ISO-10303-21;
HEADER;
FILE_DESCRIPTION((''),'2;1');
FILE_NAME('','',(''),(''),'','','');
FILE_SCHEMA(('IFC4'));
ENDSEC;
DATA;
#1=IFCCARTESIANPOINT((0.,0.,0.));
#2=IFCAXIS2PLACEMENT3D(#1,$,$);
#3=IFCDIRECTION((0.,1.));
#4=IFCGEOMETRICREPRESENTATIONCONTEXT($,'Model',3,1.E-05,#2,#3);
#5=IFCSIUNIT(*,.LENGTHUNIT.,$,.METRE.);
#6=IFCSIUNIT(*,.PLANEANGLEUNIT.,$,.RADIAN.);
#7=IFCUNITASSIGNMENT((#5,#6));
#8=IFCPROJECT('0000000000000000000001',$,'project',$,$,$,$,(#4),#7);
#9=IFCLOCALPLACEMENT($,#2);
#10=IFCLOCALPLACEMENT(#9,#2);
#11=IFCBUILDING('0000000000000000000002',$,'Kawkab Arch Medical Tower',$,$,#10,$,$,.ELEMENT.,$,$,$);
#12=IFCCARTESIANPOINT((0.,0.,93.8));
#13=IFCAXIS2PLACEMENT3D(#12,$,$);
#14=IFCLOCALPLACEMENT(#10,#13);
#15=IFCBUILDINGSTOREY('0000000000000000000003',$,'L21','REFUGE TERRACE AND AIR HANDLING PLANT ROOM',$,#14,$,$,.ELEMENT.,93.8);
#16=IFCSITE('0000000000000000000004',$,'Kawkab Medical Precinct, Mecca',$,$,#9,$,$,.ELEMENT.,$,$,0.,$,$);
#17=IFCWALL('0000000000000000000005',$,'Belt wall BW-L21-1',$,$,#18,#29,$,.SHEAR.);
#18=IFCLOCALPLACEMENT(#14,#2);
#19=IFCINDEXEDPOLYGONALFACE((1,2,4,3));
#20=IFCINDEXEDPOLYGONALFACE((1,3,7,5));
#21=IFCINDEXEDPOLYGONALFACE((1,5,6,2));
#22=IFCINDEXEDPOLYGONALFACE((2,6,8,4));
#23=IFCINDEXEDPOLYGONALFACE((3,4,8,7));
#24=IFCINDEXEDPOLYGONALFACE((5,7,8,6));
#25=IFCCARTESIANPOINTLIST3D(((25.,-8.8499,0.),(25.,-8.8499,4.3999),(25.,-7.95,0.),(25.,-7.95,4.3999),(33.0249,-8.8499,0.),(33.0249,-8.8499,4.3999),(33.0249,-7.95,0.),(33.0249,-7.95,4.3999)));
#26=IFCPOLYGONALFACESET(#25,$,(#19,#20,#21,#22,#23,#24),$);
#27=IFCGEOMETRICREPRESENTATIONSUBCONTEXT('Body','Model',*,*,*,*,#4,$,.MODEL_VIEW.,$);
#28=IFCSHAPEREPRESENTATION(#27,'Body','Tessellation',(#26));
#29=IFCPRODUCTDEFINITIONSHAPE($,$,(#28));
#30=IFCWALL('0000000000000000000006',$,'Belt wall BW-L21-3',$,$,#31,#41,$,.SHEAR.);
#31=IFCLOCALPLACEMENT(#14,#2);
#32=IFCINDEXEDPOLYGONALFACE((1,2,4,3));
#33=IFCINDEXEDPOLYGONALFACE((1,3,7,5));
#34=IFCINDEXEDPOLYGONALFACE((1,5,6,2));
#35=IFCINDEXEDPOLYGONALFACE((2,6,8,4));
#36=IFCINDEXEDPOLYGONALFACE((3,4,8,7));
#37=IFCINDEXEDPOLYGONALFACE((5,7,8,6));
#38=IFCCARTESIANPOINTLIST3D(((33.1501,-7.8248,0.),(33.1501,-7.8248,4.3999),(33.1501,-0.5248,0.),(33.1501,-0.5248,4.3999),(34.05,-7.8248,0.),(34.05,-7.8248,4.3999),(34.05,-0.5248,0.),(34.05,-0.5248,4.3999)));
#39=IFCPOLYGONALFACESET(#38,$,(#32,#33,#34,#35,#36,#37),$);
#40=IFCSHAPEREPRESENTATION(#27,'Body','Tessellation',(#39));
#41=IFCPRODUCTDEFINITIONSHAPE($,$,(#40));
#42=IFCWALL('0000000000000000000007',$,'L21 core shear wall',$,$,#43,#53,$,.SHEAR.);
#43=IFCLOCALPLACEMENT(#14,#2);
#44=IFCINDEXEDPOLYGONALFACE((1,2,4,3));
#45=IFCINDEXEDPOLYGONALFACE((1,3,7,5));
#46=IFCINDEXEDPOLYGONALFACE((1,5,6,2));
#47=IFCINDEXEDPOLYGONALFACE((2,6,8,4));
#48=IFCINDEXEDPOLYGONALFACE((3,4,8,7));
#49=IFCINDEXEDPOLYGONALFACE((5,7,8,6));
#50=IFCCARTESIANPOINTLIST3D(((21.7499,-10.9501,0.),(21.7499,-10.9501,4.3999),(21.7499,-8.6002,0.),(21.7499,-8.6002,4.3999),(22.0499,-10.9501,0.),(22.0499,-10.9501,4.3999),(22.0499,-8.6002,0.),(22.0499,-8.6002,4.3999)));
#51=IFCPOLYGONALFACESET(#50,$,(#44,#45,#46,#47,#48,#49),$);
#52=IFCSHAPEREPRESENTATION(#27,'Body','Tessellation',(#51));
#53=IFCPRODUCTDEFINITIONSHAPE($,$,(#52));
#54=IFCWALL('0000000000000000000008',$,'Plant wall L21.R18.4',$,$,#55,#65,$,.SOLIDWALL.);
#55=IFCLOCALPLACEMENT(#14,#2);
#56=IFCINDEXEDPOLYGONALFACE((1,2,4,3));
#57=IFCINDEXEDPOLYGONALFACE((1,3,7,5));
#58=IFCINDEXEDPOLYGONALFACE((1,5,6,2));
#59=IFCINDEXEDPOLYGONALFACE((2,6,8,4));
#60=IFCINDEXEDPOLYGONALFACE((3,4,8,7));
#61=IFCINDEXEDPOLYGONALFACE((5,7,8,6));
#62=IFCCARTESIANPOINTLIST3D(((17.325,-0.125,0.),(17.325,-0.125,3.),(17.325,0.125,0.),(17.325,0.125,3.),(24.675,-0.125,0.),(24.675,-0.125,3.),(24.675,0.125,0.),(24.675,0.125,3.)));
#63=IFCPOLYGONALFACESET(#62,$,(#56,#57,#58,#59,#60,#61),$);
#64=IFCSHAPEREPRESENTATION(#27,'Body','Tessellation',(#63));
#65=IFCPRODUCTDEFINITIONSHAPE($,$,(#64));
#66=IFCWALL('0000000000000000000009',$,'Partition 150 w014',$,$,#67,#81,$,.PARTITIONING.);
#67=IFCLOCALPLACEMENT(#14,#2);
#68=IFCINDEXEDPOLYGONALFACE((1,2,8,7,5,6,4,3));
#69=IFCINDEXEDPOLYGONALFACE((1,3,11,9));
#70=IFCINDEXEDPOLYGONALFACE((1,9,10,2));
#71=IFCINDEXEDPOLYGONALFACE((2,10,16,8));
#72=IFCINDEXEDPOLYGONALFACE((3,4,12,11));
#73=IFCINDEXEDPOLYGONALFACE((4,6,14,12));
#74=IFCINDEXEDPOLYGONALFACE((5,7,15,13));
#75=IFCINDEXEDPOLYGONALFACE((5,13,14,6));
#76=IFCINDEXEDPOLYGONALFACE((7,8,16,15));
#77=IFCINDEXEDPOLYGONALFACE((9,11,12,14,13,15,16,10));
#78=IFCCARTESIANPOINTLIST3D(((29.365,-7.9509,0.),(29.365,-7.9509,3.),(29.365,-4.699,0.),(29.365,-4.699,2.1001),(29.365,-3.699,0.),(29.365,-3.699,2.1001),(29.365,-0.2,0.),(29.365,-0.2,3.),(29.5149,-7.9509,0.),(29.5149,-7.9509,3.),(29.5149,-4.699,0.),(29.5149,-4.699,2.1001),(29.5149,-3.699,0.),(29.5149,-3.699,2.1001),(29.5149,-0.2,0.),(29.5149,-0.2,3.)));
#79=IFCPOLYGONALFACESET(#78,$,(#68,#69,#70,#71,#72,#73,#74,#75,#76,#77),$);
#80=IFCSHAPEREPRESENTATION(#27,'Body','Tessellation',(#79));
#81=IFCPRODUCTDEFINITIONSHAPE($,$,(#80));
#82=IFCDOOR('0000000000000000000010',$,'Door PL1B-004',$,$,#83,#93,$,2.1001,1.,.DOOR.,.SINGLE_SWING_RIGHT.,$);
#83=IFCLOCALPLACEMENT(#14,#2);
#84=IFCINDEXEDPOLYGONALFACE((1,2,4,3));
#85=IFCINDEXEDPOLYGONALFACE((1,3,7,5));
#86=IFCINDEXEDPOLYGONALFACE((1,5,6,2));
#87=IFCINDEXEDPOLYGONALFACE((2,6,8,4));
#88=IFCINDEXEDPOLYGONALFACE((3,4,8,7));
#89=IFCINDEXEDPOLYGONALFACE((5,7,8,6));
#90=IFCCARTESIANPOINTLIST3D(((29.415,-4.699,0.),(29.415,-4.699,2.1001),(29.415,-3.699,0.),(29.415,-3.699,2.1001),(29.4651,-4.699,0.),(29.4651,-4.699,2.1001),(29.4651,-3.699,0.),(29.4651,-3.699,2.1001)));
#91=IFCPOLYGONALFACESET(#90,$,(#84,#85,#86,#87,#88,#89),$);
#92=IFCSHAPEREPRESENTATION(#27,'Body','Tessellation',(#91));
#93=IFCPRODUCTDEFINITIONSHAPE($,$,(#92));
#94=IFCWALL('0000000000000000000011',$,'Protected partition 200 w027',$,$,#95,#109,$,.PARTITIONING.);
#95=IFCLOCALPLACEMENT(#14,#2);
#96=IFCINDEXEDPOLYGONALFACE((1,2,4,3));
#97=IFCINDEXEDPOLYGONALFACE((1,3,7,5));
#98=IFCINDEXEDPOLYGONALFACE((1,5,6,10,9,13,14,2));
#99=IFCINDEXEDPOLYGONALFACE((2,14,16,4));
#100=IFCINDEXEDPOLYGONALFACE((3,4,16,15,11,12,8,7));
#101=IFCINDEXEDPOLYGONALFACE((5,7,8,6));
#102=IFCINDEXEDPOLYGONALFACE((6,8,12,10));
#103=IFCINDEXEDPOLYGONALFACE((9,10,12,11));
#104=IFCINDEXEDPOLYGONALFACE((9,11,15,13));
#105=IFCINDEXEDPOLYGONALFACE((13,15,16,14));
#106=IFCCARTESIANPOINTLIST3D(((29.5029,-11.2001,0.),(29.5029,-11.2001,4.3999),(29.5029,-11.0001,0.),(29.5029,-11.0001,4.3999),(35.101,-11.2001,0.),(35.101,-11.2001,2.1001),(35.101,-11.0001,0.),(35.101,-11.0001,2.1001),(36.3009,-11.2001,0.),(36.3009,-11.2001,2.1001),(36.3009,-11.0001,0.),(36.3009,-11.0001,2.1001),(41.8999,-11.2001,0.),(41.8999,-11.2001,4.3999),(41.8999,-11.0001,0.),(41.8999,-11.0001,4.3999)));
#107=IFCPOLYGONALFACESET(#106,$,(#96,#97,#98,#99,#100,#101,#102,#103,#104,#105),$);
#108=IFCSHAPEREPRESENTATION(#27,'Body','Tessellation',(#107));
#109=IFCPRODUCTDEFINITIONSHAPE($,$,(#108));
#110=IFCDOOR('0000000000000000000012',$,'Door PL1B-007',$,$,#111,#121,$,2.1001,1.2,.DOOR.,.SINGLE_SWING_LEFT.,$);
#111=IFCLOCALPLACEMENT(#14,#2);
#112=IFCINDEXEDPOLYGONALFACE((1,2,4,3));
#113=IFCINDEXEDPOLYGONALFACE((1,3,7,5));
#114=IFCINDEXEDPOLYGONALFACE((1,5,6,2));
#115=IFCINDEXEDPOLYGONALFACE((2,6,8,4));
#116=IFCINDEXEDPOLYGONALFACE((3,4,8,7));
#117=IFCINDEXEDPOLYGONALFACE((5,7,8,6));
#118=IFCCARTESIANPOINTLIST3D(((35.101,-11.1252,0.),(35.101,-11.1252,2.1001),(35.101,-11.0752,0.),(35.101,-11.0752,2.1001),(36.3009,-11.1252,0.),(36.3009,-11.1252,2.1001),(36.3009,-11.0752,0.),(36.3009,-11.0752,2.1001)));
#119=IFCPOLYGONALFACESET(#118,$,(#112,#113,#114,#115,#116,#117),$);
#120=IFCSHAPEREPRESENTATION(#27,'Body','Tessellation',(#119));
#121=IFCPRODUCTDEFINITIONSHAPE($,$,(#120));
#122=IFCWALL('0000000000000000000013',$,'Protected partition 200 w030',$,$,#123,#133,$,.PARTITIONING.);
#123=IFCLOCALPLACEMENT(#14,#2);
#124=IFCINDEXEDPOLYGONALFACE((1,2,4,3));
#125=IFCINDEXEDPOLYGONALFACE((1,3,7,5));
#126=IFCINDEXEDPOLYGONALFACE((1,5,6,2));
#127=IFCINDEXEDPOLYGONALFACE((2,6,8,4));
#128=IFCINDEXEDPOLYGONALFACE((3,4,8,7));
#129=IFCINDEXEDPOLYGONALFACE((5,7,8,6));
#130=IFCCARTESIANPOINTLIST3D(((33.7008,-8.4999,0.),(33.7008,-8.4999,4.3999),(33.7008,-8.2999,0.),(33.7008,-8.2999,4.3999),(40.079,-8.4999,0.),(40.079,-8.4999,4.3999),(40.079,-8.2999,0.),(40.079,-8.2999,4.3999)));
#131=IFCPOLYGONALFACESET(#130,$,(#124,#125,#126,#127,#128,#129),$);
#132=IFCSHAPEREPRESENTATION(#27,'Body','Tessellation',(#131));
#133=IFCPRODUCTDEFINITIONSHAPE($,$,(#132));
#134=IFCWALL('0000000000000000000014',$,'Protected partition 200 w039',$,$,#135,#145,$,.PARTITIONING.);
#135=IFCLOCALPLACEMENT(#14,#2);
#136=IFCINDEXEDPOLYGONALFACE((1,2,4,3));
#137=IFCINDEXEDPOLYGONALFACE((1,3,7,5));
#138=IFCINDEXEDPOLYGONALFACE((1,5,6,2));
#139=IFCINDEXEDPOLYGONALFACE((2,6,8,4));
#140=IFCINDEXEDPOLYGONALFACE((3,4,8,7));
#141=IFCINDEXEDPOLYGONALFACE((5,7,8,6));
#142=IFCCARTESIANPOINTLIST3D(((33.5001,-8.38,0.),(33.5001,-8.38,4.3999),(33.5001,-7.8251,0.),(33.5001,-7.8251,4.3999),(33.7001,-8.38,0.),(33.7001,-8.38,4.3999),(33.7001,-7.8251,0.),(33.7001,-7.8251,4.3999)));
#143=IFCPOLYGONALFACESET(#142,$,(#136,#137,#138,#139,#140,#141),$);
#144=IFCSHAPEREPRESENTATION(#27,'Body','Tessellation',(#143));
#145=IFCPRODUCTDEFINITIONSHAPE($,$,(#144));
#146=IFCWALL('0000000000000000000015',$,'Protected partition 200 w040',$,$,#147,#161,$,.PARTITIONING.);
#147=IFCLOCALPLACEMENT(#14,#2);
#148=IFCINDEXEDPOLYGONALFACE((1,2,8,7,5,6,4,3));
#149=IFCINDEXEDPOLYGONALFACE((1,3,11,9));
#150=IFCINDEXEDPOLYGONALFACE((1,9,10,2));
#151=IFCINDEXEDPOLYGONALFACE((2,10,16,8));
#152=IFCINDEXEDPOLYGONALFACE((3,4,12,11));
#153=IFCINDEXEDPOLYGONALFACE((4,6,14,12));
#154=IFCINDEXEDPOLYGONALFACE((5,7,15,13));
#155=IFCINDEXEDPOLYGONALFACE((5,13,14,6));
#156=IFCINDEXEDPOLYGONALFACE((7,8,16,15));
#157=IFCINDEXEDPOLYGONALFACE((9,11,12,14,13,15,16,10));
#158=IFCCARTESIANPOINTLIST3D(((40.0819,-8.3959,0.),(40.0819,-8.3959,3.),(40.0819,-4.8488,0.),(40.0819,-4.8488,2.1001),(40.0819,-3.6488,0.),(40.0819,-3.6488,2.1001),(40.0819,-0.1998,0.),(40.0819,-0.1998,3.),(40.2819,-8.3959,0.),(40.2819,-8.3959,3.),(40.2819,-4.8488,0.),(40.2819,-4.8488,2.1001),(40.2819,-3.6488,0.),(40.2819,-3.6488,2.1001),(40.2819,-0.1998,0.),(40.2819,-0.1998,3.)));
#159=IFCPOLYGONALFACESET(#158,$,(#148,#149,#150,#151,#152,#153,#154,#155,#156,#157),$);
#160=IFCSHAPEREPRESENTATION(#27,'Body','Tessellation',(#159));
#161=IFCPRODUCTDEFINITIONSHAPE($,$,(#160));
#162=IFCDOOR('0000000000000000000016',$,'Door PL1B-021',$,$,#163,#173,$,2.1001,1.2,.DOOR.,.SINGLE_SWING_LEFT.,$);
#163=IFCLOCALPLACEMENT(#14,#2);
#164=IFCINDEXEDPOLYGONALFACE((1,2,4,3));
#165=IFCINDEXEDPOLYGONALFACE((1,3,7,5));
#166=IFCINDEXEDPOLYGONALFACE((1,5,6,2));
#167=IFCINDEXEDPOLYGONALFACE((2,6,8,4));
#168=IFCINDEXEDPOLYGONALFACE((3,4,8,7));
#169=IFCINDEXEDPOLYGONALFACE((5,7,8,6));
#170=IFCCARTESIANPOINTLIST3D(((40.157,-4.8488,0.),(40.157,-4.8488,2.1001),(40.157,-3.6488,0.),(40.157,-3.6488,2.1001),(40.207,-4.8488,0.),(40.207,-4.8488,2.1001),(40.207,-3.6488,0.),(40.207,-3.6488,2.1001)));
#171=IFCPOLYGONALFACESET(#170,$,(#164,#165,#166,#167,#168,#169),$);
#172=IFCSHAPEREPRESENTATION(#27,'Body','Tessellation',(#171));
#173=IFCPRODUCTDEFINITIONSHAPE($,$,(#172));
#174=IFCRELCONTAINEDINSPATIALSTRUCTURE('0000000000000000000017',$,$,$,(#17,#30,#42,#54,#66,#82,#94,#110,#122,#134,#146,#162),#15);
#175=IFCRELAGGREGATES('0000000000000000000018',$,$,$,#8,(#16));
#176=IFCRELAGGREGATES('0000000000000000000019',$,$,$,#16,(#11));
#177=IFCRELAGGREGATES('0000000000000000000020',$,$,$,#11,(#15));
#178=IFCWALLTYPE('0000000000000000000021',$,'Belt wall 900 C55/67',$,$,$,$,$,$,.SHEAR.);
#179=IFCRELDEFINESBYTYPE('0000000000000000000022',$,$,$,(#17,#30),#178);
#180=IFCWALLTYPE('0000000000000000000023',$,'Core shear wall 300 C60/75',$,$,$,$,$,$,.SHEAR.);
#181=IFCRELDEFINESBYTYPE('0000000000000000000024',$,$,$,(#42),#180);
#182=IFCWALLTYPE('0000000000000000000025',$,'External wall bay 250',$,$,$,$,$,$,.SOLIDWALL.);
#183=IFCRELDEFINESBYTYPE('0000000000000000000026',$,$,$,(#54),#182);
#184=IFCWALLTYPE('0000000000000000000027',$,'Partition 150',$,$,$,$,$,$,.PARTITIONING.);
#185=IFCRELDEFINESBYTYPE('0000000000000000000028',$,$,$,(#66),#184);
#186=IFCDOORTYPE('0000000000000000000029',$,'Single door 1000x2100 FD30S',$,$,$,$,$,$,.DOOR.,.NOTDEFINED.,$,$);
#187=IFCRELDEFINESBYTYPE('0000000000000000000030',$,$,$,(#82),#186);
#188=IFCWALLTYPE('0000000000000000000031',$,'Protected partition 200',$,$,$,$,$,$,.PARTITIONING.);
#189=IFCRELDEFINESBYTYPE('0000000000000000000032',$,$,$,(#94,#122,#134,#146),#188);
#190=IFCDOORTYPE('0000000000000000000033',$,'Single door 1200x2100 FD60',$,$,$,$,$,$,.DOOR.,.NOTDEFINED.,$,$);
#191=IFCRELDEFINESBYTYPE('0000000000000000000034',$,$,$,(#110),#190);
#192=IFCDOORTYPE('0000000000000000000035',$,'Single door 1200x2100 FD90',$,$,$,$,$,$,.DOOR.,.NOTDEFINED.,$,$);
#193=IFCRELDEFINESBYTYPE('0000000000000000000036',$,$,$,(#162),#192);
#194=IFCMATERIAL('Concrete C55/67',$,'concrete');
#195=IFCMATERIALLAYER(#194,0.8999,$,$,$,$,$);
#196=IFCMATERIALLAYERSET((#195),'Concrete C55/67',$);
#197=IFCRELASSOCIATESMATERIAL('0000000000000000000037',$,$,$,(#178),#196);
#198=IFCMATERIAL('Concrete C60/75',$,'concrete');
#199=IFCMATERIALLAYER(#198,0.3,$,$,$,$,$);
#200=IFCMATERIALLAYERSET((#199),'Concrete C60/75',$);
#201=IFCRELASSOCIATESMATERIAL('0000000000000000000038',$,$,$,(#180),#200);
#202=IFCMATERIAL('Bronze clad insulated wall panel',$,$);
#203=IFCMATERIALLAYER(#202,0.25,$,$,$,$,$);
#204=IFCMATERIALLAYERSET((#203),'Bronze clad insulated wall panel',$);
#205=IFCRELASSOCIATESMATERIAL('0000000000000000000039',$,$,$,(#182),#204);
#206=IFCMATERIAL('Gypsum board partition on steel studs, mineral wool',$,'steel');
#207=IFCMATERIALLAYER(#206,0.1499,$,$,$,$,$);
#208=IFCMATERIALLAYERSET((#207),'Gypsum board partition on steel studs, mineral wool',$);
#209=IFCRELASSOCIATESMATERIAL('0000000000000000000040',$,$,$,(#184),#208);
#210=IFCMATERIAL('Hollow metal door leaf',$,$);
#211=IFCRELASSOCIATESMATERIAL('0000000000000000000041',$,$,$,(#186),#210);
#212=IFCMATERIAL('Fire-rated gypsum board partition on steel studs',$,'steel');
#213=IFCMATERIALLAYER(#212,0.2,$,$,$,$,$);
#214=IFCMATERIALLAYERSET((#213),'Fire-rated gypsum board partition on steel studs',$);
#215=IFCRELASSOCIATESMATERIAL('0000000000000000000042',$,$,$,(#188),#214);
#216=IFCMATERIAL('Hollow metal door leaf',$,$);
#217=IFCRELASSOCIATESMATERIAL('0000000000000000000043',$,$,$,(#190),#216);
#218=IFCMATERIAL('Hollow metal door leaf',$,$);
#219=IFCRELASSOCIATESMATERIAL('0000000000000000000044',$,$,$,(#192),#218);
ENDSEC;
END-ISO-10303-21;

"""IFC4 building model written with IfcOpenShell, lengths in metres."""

from ifc_helpers import new_model, si_unit, direction, frame, frame_2d, origin, place, context, subcontext, project, spatial, rectangle, extrude, material, layer, layer_set, type_object, element, fill, save


model = new_model("IFC4")

# Units and contexts
model_context = context("Model", 3, precision=1e-05, world=origin(), true_north=direction((0.0, 1.0)))
body_context = subcontext(model_context, "Body", "Model", "MODEL_VIEW")
ifc_project = project(units=[si_unit("LENGTHUNIT", "METRE"), si_unit("PLANEANGLEUNIT", "RADIAN")], contexts=[model_context])

# Site, building, storey
site_placement = place(None, origin())
site = spatial("IfcSite", under=ifc_project, at=site_placement, Name="Kawkab Medical Precinct, Mecca", CompositionType="ELEMENT", RefElevation=0.0)
building_placement = place(site_placement, origin())
building = spatial("IfcBuilding", under=site, at=building_placement, Name="Kawkab Arch Medical Tower", CompositionType="ELEMENT")
storey_placement = place(building_placement, frame((0.0, 0.0, 93.8)))
storey = spatial("IfcBuildingStorey", under=building, at=storey_placement, Name="L21", Description="REFUGE TERRACE AND AIR HANDLING PLANT ROOM", CompositionType="ELEMENT", Elevation=93.8)

# Walls
ifc_material_1 = material(Name="Concrete C55/67", Category="concrete")
ifc_layer_1 = layer(ifc_material_1, 0.8999)
ifc_layer_set_1 = layer_set([ifc_layer_1], Name="Concrete C55/67")
wall_type_1 = type_object("IfcWallType", Name="Belt wall 900 C55/67", PredefinedType="SHEAR", material=ifc_layer_set_1)
wall_1_placement = place(storey_placement, frame((25.0, -8.3999, 0.0), z_axis=(0.0, 0.0, 1.0), x_axis=(1.0, 0.0, 0.0)))
element("IfcWall", 1, at=wall_1_placement, inside=storey, type_object=wall_type_1, Name="Belt wall BW-L21-1", PredefinedType="SHEAR", context=body_context, shape_type="SweptSolid", body=[
    extrude(rectangle(XDim=8.0249, YDim=0.8999, at=frame_2d((4.0125, 0.0))), origin(), (0.0, 0.0, 1.0), 4.3999),
])
wall_2_placement = place(storey_placement, frame((33.6001, -0.5249, 0.0), z_axis=(0.0, 0.0, 1.0), x_axis=(0.0, -1.0, 0.0)))
element("IfcWall", 2, at=wall_2_placement, inside=storey, type_object=wall_type_1, Name="Belt wall BW-L21-3", PredefinedType="SHEAR", context=body_context, shape_type="SweptSolid", body=[
    extrude(rectangle(XDim=7.3, YDim=0.8999, at=frame_2d((3.6499, 0.0))), origin(), (0.0, 0.0, 1.0), 4.3999),
])
ifc_material_2 = material(Name="Concrete C60/75", Category="concrete")
ifc_layer_2 = layer(ifc_material_2, 0.3)
ifc_layer_set_2 = layer_set([ifc_layer_2], Name="Concrete C60/75")
wall_type_2 = type_object("IfcWallType", Name="Core shear wall 300 C60/75", PredefinedType="SHEAR", material=ifc_layer_set_2)
wall_3_placement = place(storey_placement, frame((21.8999, -10.95, 0.0), z_axis=(0.0, 0.0, 1.0), x_axis=(0.0, 1.0, 0.0)))
element("IfcWall", 3, at=wall_3_placement, inside=storey, type_object=wall_type_2, Name="L21 core shear wall", PredefinedType="SHEAR", context=body_context, shape_type="SweptSolid", body=[
    extrude(rectangle(XDim=2.3499, YDim=0.3, at=frame_2d((1.1748, 0.0))), origin(), (0.0, 0.0, 1.0), 4.3999),
])
ifc_material_3 = material(Name="Bronze clad insulated wall panel")
ifc_layer_3 = layer(ifc_material_3, 0.25)
ifc_layer_set_3 = layer_set([ifc_layer_3], Name="Bronze clad insulated wall panel")
wall_type_3 = type_object("IfcWallType", Name="External wall bay 250", PredefinedType="SOLIDWALL", material=ifc_layer_set_3)
wall_4_placement = place(storey_placement, frame((24.675, 0.0, 0.0), z_axis=(0.0, 0.0, 1.0), x_axis=(-1.0, 0.0, 0.0)))
element("IfcWall", 4, at=wall_4_placement, inside=storey, type_object=wall_type_3, Name="Plant wall L21.R18.4", PredefinedType="SOLIDWALL", context=body_context, shape_type="SweptSolid", body=[
    extrude(rectangle(XDim=7.3501, YDim=0.25, at=frame_2d((3.675, 0.0))), origin(), (0.0, 0.0, 1.0), 3.0),
])

# Walls, openings, doors
ifc_material_4 = material(Name="Gypsum board partition on steel studs, mineral wool", Category="steel")
ifc_layer_4 = layer(ifc_material_4, 0.1499)
ifc_layer_set_4 = layer_set([ifc_layer_4], Name="Gypsum board partition on steel studs, mineral wool")
wall_type_4 = type_object("IfcWallType", Name="Partition 150", PredefinedType="PARTITIONING", material=ifc_layer_set_4)
wall_5_placement = place(storey_placement, frame((29.4399, -7.9509, 0.0), z_axis=(0.0, 0.0, 1.0), x_axis=(0.0, 1.0, 0.0)))
wall_5 = element("IfcWall", 5, at=wall_5_placement, inside=storey, type_object=wall_type_4, Name="Partition 150 w014", PredefinedType="PARTITIONING", context=body_context, shape_type="SweptSolid", body=[
    extrude(rectangle(XDim=7.751, YDim=0.1499, at=frame_2d((3.8755, 0.0))), origin(), (0.0, 0.0, 1.0), 3.0),
])
opening_1_placement = place(wall_5_placement, frame((3.252, 0.0, 0.0)))
opening_1 = element("IfcOpeningElement", 6, at=opening_1_placement, cuts=wall_5, PredefinedType="OPENING", context=body_context, shape_type="SweptSolid", body=[
    extrude(rectangle(XDim=1.0, YDim=2.1001, at=frame_2d((0.5, 1.05))), frame((0.0, 0.085, 0.0), z_axis=(0.0, -1.0, 0.0), x_axis=(1.0, 0.0, 0.0)), (0.0, 0.0, 1.0), 0.1699),
])
ifc_material_5 = material(Name="Hollow metal door leaf")
door_type_1 = type_object("IfcDoorType", Name="Single door 1000x2100 FD30S", OperationType="NOTDEFINED", PredefinedType="DOOR", material=ifc_material_5)
door_1_placement = place(opening_1_placement, origin())
door_1 = element("IfcDoor", 7, at=door_1_placement, inside=storey, type_object=door_type_1, Name="Door PL1B-004", OperationType="SINGLE_SWING_RIGHT", OverallHeight=2.1001, OverallWidth=1.0, PredefinedType="DOOR", context=body_context, shape_type="SweptSolid", body=[
    extrude(rectangle(XDim=1.0, YDim=2.1001, at=frame_2d((0.5, 1.05))), frame((0.0, 0.0249, 0.0), z_axis=(0.0, -1.0, 0.0), x_axis=(1.0, 0.0, 0.0)), (0.0, 0.0, 1.0), 0.05),
])
fill(opening_1, door_1)
ifc_material_6 = material(Name="Fire-rated gypsum board partition on steel studs", Category="steel")
ifc_layer_5 = layer(ifc_material_6, 0.2)
ifc_layer_set_5 = layer_set([ifc_layer_5], Name="Fire-rated gypsum board partition on steel studs")
wall_type_5 = type_object("IfcWallType", Name="Protected partition 200", PredefinedType="PARTITIONING", material=ifc_layer_set_5)
wall_6_placement = place(storey_placement, frame((29.5029, -11.1001, 0.0), z_axis=(0.0, 0.0, 1.0), x_axis=(1.0, 0.0, 0.0)))
wall_6 = element("IfcWall", 8, at=wall_6_placement, inside=storey, type_object=wall_type_5, Name="Protected partition 200 w027", PredefinedType="PARTITIONING", context=body_context, shape_type="SweptSolid", body=[
    extrude(rectangle(XDim=12.397, YDim=0.2, at=frame_2d((6.1985, 0.0))), origin(), (0.0, 0.0, 1.0), 4.3999),
])
opening_2_placement = place(wall_6_placement, frame((5.5979, 0.0, 0.0)))
opening_2 = element("IfcOpeningElement", 9, at=opening_2_placement, cuts=wall_6, PredefinedType="OPENING", context=body_context, shape_type="SweptSolid", body=[
    extrude(rectangle(XDim=1.2, YDim=2.1001, at=frame_2d((0.6001, 1.05))), frame((0.0, 0.1099, 0.0), z_axis=(0.0, -1.0, 0.0), x_axis=(1.0, 0.0, 0.0)), (0.0, 0.0, 1.0), 0.22),
])
ifc_material_7 = material(Name="Hollow metal door leaf")
door_type_2 = type_object("IfcDoorType", Name="Single door 1200x2100 FD60", OperationType="NOTDEFINED", PredefinedType="DOOR", material=ifc_material_7)
door_2_placement = place(opening_2_placement, origin())
door_2 = element("IfcDoor", 10, at=door_2_placement, inside=storey, type_object=door_type_2, Name="Door PL1B-007", OperationType="SINGLE_SWING_LEFT", OverallHeight=2.1001, OverallWidth=1.2, PredefinedType="DOOR", context=body_context, shape_type="SweptSolid", body=[
    extrude(rectangle(XDim=1.2, YDim=2.1001, at=frame_2d((0.6001, 1.05))), frame((0.0, 0.0249, 0.0), z_axis=(0.0, -1.0, 0.0), x_axis=(1.0, 0.0, 0.0)), (0.0, 0.0, 1.0), 0.05),
])
fill(opening_2, door_2)

# Walls
wall_7_placement = place(storey_placement, frame((33.7009, -8.3999, 0.0), z_axis=(0.0, 0.0, 1.0), x_axis=(1.0, 0.0, 0.0)))
element("IfcWall", 11, at=wall_7_placement, inside=storey, type_object=wall_type_5, Name="Protected partition 200 w030", PredefinedType="PARTITIONING", context=body_context, shape_type="SweptSolid", body=[
    extrude(rectangle(XDim=6.3782, YDim=0.2, at=frame_2d((3.189, 0.0))), origin(), (0.0, 0.0, 1.0), 4.3999),
])
wall_8_placement = place(storey_placement, frame((33.6001, -8.3799, 0.0), z_axis=(0.0, 0.0, 1.0), x_axis=(0.0, 1.0, 0.0)))
element("IfcWall", 12, at=wall_8_placement, inside=storey, type_object=wall_type_5, Name="Protected partition 200 w039", PredefinedType="PARTITIONING", context=body_context, shape_type="SweptSolid", body=[
    extrude(rectangle(XDim=0.5549, YDim=0.2, at=frame_2d((0.2773, 0.0))), origin(), (0.0, 0.0, 1.0), 4.3999),
])

# Wall, opening, door
wall_9_placement = place(storey_placement, frame((40.1819, -8.396, 0.0), z_axis=(0.0, 0.0, 1.0), x_axis=(0.0, 1.0, 0.0)))
wall_9 = element("IfcWall", 13, at=wall_9_placement, inside=storey, type_object=wall_type_5, Name="Protected partition 200 w040", PredefinedType="PARTITIONING", context=body_context, shape_type="SweptSolid", body=[
    extrude(rectangle(XDim=8.196, YDim=0.2, at=frame_2d((4.0981, 0.0))), origin(), (0.0, 0.0, 1.0), 3.0),
])
opening_3_placement = place(wall_9_placement, frame((3.5471, 0.0, 0.0)))
opening_3 = element("IfcOpeningElement", 14, at=opening_3_placement, cuts=wall_9, PredefinedType="OPENING", context=body_context, shape_type="SweptSolid", body=[
    extrude(rectangle(XDim=1.2, YDim=2.1001, at=frame_2d((0.6001, 1.05))), frame((0.0, 0.1099, 0.0), z_axis=(0.0, -1.0, 0.0), x_axis=(1.0, 0.0, 0.0)), (0.0, 0.0, 1.0), 0.22),
])
ifc_material_8 = material(Name="Hollow metal door leaf")
door_type_3 = type_object("IfcDoorType", Name="Single door 1200x2100 FD90", OperationType="NOTDEFINED", PredefinedType="DOOR", material=ifc_material_8)
door_3_placement = place(opening_3_placement, origin())
door_3 = element("IfcDoor", 15, at=door_3_placement, inside=storey, type_object=door_type_3, Name="Door PL1B-021", OperationType="SINGLE_SWING_LEFT", OverallHeight=2.1001, OverallWidth=1.2, PredefinedType="DOOR", context=body_context, shape_type="SweptSolid", body=[
    extrude(rectangle(XDim=1.2, YDim=2.1001, at=frame_2d((0.6001, 1.05))), frame((0.0, 0.0249, 0.0), z_axis=(0.0, -1.0, 0.0), x_axis=(1.0, 0.0, 0.0)), (0.0, 0.0, 1.0), 0.05),
])
fill(opening_3, door_3)

save(model, "model.ifc")
